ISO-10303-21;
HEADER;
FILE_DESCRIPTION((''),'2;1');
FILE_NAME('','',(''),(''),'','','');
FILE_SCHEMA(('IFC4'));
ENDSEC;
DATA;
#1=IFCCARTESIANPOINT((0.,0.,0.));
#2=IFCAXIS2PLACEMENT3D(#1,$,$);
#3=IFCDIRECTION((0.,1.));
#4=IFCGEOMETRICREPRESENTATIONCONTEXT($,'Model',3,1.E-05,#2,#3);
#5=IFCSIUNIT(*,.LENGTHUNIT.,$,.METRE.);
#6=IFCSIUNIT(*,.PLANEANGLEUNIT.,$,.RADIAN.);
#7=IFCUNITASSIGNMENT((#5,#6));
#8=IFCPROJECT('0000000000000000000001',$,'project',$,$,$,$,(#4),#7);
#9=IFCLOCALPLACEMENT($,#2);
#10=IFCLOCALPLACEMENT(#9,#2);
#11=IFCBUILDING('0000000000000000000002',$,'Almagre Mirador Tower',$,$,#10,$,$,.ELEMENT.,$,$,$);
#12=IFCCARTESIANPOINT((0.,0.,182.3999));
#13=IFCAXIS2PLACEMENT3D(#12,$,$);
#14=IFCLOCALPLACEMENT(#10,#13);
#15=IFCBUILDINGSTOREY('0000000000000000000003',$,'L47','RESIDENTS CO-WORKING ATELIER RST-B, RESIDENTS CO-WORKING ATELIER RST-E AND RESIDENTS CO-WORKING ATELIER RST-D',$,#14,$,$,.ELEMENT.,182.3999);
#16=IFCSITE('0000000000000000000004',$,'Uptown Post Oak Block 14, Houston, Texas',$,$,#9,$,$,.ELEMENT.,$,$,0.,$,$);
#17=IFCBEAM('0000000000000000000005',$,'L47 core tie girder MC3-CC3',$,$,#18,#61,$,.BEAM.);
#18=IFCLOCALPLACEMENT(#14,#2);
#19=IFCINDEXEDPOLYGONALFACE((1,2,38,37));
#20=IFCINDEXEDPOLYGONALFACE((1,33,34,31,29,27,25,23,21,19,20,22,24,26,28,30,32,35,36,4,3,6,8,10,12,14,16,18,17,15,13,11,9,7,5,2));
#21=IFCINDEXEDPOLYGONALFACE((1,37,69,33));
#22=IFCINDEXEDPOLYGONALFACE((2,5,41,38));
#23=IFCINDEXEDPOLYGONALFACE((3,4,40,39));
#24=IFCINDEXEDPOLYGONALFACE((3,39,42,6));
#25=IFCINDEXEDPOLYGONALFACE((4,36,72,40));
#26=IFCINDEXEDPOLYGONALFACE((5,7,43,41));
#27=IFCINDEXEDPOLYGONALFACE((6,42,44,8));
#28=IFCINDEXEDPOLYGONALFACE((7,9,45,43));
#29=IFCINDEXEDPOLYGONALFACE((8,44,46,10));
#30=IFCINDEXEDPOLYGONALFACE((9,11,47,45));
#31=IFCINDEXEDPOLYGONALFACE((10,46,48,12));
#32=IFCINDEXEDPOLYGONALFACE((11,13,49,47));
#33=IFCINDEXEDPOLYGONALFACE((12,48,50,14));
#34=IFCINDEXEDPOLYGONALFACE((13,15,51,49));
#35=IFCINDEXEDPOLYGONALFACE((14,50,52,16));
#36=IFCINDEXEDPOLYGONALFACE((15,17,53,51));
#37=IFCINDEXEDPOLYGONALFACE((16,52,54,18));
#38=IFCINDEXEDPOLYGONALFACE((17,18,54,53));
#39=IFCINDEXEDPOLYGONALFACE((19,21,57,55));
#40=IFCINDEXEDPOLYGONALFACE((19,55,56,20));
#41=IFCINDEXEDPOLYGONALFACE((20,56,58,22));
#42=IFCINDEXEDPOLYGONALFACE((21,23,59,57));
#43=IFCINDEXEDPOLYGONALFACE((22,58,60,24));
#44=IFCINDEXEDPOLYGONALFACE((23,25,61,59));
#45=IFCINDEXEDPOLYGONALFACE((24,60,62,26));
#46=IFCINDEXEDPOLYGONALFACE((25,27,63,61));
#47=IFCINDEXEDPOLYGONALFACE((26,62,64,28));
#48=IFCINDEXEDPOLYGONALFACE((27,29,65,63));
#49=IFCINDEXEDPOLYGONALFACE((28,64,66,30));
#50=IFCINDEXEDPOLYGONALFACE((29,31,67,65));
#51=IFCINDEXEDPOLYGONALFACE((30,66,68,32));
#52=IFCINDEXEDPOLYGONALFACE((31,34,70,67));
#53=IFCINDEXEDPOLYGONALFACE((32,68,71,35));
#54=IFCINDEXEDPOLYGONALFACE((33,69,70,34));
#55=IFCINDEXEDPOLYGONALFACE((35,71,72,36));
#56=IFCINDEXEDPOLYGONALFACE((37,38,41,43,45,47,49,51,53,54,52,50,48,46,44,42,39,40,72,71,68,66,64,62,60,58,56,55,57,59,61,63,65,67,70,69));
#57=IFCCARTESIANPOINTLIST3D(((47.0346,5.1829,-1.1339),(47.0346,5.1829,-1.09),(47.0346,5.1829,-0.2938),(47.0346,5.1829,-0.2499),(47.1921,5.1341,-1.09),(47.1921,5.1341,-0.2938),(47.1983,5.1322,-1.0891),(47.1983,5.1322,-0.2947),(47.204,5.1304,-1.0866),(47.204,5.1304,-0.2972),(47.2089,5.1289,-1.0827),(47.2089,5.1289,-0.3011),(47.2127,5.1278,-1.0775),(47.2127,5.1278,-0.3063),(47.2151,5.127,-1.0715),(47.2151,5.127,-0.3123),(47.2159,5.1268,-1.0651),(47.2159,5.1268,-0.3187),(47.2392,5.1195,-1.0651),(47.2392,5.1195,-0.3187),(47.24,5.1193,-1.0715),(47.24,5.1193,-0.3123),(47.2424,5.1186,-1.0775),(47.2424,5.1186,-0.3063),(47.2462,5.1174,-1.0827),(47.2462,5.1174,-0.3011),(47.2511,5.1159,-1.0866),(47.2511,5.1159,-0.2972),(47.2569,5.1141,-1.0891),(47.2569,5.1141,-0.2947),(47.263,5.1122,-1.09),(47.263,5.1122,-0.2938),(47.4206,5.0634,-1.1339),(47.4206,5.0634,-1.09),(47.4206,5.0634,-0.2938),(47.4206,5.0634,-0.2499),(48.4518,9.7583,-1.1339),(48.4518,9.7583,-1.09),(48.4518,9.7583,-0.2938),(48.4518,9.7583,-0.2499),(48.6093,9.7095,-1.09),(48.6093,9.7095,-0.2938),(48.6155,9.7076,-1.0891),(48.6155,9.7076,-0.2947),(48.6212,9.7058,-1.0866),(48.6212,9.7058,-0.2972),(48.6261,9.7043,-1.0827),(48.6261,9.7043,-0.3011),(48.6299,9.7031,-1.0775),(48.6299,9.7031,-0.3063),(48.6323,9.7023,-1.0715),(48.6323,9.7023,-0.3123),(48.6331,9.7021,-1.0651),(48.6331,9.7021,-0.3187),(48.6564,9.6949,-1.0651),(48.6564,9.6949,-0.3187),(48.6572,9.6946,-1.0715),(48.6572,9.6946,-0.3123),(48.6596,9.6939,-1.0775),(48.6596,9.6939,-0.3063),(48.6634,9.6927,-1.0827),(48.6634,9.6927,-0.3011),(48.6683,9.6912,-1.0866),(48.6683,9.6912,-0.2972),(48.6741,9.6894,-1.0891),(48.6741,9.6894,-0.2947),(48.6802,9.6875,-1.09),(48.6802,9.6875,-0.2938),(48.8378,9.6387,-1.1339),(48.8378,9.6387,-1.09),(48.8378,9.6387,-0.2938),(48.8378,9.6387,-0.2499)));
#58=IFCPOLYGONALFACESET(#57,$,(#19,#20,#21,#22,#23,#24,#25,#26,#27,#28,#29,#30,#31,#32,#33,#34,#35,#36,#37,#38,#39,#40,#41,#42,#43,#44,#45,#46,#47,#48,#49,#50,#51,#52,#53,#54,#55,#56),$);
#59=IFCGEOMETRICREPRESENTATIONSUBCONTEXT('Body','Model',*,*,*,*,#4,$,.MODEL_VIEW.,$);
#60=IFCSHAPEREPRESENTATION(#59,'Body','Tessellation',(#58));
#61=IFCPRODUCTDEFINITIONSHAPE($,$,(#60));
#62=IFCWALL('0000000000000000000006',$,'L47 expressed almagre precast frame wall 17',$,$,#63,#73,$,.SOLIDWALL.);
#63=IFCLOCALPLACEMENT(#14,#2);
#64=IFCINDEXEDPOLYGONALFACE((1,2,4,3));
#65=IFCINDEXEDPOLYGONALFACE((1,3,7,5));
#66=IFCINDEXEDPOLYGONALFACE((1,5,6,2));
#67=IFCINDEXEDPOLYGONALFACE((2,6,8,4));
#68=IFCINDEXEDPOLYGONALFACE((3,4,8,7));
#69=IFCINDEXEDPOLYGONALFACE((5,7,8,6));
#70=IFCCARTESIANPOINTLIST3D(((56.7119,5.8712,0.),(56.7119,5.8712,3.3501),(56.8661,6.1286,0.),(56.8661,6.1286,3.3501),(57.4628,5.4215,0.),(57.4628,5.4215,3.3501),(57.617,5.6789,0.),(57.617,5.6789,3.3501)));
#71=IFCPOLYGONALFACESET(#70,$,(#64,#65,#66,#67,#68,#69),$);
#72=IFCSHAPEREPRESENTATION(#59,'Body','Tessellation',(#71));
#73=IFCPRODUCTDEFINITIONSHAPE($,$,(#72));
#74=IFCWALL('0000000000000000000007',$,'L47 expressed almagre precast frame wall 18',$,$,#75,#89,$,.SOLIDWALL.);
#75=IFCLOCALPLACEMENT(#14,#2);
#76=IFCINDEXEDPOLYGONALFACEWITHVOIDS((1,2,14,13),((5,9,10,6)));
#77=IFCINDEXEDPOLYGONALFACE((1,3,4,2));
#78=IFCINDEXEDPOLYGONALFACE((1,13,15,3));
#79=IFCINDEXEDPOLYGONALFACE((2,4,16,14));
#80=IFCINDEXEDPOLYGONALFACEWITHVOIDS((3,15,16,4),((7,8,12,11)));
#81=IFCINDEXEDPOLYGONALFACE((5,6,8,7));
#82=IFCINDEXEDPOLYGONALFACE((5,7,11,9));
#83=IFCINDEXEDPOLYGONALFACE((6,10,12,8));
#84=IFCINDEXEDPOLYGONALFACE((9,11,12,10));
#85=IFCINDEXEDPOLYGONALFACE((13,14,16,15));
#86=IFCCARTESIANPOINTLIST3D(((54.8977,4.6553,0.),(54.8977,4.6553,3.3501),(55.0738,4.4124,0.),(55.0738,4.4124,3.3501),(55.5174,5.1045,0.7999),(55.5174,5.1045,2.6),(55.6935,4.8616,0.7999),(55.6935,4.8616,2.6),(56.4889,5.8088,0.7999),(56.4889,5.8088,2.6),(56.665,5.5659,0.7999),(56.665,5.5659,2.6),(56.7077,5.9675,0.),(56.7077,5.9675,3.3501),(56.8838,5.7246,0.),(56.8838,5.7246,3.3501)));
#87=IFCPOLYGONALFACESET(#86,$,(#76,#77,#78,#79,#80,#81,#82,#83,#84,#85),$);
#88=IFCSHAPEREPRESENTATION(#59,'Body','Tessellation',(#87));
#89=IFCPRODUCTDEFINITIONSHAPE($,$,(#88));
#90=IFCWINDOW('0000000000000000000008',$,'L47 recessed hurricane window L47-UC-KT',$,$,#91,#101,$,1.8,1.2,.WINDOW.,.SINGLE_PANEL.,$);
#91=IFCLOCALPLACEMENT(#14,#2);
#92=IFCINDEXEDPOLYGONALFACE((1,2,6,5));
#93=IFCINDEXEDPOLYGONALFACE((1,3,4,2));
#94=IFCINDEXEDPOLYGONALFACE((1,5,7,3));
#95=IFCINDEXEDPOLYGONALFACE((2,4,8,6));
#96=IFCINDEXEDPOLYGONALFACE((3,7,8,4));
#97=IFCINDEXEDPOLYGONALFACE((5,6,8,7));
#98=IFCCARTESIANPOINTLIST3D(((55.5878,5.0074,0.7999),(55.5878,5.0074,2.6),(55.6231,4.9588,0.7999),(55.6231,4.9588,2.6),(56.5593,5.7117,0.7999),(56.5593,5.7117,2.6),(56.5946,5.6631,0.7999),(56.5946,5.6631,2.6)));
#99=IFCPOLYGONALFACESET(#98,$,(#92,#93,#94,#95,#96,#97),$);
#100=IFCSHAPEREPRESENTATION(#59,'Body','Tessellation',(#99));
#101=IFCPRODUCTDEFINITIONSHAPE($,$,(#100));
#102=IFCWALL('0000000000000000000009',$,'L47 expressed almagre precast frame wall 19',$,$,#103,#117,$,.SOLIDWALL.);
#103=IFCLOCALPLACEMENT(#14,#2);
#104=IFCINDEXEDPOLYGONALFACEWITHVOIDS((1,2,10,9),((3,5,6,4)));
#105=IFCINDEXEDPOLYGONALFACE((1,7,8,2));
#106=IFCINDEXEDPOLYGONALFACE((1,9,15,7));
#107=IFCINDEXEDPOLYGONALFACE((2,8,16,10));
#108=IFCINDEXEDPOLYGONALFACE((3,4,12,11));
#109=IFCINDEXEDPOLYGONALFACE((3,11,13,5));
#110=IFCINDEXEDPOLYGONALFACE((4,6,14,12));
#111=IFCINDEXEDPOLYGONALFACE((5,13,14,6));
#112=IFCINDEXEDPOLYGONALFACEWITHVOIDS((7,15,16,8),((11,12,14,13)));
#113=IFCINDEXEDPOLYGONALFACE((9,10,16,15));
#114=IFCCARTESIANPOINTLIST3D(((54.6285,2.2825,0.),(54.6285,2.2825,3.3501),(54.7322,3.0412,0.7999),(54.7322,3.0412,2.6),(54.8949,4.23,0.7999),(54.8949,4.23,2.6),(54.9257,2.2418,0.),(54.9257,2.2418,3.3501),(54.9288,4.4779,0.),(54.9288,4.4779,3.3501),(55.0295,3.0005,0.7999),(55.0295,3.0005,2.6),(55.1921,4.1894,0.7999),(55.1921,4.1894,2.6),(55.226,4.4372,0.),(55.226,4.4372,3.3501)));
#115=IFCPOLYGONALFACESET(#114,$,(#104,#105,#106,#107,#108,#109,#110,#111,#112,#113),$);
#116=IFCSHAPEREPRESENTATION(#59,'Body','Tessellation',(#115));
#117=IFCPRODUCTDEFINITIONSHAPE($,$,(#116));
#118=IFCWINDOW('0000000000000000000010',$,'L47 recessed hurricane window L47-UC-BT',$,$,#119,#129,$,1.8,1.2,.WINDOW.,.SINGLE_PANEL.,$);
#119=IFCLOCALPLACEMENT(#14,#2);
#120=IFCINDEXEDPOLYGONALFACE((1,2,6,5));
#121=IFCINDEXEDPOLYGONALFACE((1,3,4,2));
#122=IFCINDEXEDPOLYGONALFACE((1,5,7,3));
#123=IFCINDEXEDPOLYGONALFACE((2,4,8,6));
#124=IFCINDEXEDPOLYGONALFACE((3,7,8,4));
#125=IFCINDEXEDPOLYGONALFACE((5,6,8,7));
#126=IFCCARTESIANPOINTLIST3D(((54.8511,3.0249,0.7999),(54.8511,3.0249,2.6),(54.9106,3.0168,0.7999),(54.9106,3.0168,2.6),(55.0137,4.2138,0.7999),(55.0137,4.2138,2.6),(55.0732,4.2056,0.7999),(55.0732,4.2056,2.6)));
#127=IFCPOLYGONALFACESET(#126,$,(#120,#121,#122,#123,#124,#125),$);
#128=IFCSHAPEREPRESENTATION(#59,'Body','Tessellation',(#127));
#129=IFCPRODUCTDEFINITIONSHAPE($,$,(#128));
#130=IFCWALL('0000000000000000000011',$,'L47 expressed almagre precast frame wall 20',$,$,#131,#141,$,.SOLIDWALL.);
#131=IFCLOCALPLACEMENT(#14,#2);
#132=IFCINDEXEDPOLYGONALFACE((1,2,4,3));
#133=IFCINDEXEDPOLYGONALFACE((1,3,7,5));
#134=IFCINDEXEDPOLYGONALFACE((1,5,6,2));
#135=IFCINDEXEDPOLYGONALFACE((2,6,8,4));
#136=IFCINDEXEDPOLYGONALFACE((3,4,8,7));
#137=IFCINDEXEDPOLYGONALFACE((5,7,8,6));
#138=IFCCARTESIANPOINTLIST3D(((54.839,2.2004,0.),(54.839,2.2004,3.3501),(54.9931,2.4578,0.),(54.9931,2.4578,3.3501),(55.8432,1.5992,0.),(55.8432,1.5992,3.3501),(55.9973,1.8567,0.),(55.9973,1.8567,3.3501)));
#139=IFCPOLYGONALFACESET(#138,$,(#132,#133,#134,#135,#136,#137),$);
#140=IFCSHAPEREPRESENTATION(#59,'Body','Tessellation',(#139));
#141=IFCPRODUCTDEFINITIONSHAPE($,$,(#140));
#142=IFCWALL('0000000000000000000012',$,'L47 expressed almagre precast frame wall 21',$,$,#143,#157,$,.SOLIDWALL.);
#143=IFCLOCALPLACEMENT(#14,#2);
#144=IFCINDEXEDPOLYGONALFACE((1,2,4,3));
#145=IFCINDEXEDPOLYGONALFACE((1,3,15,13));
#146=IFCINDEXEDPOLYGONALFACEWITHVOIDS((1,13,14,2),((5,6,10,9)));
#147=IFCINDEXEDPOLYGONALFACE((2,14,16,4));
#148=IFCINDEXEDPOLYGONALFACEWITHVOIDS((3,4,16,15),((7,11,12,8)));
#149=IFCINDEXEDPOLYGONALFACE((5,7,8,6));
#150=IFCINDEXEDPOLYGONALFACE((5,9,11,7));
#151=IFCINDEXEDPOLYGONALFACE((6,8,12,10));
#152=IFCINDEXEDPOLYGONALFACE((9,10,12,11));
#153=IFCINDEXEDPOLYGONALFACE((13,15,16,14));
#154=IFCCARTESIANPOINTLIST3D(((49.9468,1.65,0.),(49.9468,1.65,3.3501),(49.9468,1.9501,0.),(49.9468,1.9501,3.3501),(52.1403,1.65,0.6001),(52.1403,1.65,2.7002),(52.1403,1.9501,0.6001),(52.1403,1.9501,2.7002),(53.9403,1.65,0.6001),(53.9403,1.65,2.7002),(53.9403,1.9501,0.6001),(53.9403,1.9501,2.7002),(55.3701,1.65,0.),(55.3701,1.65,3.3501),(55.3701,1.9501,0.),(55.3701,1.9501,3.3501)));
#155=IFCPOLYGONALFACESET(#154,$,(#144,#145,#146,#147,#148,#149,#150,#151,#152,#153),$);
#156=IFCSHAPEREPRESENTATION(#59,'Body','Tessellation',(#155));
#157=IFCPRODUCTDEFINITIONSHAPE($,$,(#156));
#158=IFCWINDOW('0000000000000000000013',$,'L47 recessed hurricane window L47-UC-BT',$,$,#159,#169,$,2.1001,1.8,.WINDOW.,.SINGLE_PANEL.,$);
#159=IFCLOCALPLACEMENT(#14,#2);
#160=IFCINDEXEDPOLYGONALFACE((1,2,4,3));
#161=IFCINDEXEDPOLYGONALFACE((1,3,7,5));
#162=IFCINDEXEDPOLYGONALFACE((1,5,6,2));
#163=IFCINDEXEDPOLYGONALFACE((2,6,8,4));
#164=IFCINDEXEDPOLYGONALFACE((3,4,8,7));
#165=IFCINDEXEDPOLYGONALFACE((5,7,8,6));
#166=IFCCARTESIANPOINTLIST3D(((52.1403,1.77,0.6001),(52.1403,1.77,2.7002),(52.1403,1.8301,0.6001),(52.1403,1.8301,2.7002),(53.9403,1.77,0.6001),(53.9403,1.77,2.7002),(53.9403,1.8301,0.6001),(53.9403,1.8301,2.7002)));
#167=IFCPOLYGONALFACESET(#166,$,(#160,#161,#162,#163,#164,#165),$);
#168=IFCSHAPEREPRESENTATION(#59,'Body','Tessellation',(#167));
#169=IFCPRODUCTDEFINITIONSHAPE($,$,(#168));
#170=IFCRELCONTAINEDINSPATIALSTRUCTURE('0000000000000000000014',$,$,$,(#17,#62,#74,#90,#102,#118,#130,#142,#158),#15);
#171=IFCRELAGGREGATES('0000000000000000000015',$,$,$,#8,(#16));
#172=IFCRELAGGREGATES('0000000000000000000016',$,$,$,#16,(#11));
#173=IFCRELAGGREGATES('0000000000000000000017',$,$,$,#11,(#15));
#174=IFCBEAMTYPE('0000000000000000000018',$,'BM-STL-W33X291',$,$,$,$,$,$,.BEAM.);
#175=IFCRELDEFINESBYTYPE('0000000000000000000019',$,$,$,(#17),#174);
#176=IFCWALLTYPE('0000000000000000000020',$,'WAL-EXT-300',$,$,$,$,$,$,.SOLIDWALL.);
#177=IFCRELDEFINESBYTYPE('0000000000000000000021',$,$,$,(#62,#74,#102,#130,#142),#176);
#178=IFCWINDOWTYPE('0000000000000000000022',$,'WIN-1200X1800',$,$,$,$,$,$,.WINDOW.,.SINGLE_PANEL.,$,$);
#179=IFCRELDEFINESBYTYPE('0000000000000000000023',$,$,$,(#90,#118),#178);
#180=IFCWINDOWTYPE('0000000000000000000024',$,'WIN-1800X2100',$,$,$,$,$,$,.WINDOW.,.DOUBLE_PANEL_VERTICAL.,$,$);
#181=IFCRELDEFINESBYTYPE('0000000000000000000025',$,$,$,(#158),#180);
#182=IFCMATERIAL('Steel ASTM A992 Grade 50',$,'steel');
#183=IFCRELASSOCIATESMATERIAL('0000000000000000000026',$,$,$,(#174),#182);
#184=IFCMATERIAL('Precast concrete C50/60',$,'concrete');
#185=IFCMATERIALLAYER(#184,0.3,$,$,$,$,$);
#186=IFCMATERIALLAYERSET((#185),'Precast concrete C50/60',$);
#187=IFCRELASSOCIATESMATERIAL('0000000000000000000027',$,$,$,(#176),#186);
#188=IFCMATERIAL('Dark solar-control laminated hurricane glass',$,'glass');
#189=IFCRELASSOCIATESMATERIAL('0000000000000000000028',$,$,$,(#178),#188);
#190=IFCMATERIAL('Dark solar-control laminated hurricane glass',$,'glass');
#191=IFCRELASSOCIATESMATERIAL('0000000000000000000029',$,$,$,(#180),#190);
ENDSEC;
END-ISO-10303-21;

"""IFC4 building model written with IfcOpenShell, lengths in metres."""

from ifc_helpers import new_model, si_unit, direction, frame, frame_2d, origin, origin_2d, place, context, subcontext, project, spatial, rectangle, i_section, extrude, material, layer, layer_set, material_profile, profile_set, type_object, element, fill, save


model = new_model("IFC4")

# Units and contexts
model_context = context("Model", 3, precision=1e-05, world=origin(), true_north=direction((0.0, 1.0)))
body_context = subcontext(model_context, "Body", "Model", "MODEL_VIEW")
ifc_project = project(units=[si_unit("LENGTHUNIT", "METRE"), si_unit("PLANEANGLEUNIT", "RADIAN")], contexts=[model_context])

# Site, building, storey
site_placement = place(None, origin())
site = spatial("IfcSite", under=ifc_project, at=site_placement, Name="Uptown Post Oak Block 14, Houston, Texas", CompositionType="ELEMENT", RefElevation=0.0)
building_placement = place(site_placement, origin())
building = spatial("IfcBuilding", under=site, at=building_placement, Name="Almagre Mirador Tower", CompositionType="ELEMENT")
storey_placement = place(building_placement, frame((0.0, 0.0, 182.3999)))
storey = spatial("IfcBuildingStorey", under=building, at=storey_placement, Name="L47", Description="RESIDENTS CO-WORKING ATELIER RST-B, RESIDENTS CO-WORKING ATELIER RST-E AND RESIDENTS CO-WORKING ATELIER RST-D", CompositionType="ELEMENT", Elevation=182.3999)

# Beam
ifc_material_1 = material(Name="Steel ASTM A992 Grade 50", Category="steel")
ifc_material_profile_1 = material_profile(ifc_material_1, i_section(OverallWidth=0.4041, OverallDepth=0.884, WebThickness=0.0244, FlangeThickness=0.0439, FilletRadius=0.0249, at=origin_2d()), Name="W33X291")
ifc_profile_set_1 = profile_set([ifc_material_profile_1], Name="Steel ASTM A992 Grade 50")
beam_type_1 = type_object("IfcBeamType", Name="BM-STL-W33X291", PredefinedType="BEAM", material=ifc_profile_set_1)
beam_1_placement = place(storey_placement, frame((48.6448, 9.6985, -0.6919), z_axis=(-0.29588, -0.955225, 0.0), x_axis=(0.955225, -0.29588, 0.0)))
element("IfcBeam", 1, at=beam_1_placement, inside=storey, type_object=beam_type_1, Name="L47 core tie girder MC3-CC3", PredefinedType="BEAM", context=body_context, shape_type="SweptSolid", body=[
    extrude(i_section(OverallWidth=0.4041, OverallDepth=0.884, WebThickness=0.0244, FlangeThickness=0.0439, FilletRadius=0.0249, at=origin_2d()), origin(), (0.0, 0.0, 1.0), 4.7898),
])

# Wall
ifc_material_2 = material(Name="Precast concrete C50/60", Category="concrete")
ifc_layer_1 = layer(ifc_material_2, 0.3)
ifc_layer_set_1 = layer_set([ifc_layer_1], Name="Precast concrete C50/60")
wall_type_1 = type_object("IfcWallType", Name="WAL-EXT-300", PredefinedType="SOLIDWALL", material=ifc_layer_set_1)
wall_1_placement = place(storey_placement, frame((57.5398, 5.5503, 0.0), z_axis=(0.0, 0.0, 1.0), x_axis=(-0.857936, 0.513757, 0.0)))
element("IfcWall", 2, at=wall_1_placement, inside=storey, type_object=wall_type_1, Name="L47 expressed almagre precast frame wall 17", PredefinedType="SOLIDWALL", context=body_context, shape_type="SweptSolid", body=[
    extrude(rectangle(XDim=0.8752, YDim=0.3, at=frame_2d((0.4375, 0.0))), origin(), (0.0, 0.0, 1.0), 3.3501),
])

# Walls, openings, windows
wall_2_placement = place(storey_placement, frame((56.7957, 5.8459, 0.0), z_axis=(0.0, 0.0, 1.0), x_axis=(-0.809618, -0.586957, 0.0)))
wall_2 = element("IfcWall", 3, at=wall_2_placement, inside=storey, type_object=wall_type_1, Name="L47 expressed almagre precast frame wall 18", PredefinedType="SOLIDWALL", context=body_context, shape_type="SweptSolid", body=[
    extrude(rectangle(XDim=2.2356, YDim=0.3, at=frame_2d((1.1177, 0.0))), origin(), (0.0, 0.0, 1.0), 3.3501),
])
opening_1_placement = place(wall_2_placement, frame((0.27, 0.0, 0.8)))
opening_1 = element("IfcOpeningElement", 4, at=opening_1_placement, cuts=wall_2, PredefinedType="OPENING", context=body_context, shape_type="SweptSolid", body=[
    extrude(rectangle(XDim=1.2, YDim=1.8, at=frame_2d((0.6001, 0.8999))), frame((0.0, 0.1599, 0.0), z_axis=(0.0, -1.0, 0.0), x_axis=(1.0, 0.0, 0.0)), (0.0, 0.0, 1.0), 0.32),
])
ifc_material_3 = material(Name="Dark solar-control laminated hurricane glass", Category="glass")
window_type_1 = type_object("IfcWindowType", Name="WIN-1200X1800", PartitioningType="SINGLE_PANEL", PredefinedType="WINDOW", material=ifc_material_3)
window_1_placement = place(opening_1_placement, origin())
window_1 = element("IfcWindow", 5, at=window_1_placement, inside=storey, type_object=window_type_1, Name="L47 recessed hurricane window L47-UC-KT", OverallHeight=1.8, OverallWidth=1.2, PartitioningType="SINGLE_PANEL", PredefinedType="WINDOW", context=body_context, shape_type="SweptSolid", body=[
    extrude(rectangle(XDim=1.2, YDim=1.8, at=frame_2d((0.6001, 0.8999))), frame((0.0, 0.03, 0.0), z_axis=(0.0, -1.0, 0.0), x_axis=(1.0, 0.0, 0.0)), (0.0, 0.0, 1.0), 0.0601),
])
fill(opening_1, window_1)
wall_3_placement = place(storey_placement, frame((55.0774, 4.4575, 0.0), z_axis=(0.0, 0.0, 1.0), x_axis=(-0.135526, -0.990774, 0.0)))
wall_3 = element("IfcWall", 6, at=wall_3_placement, inside=storey, type_object=wall_type_1, Name="L47 expressed almagre precast frame wall 19", PredefinedType="SOLIDWALL", context=body_context, shape_type="SweptSolid", body=[
    extrude(rectangle(XDim=2.2158, YDim=0.3, at=frame_2d((1.1079, 0.0))), origin(), (0.0, 0.0, 1.0), 3.3501),
])
opening_2_placement = place(wall_3_placement, frame((0.25, 0.0, 0.8)))
opening_2 = element("IfcOpeningElement", 7, at=opening_2_placement, cuts=wall_3, PredefinedType="OPENING", context=body_context, shape_type="SweptSolid", body=[
    extrude(rectangle(XDim=1.2, YDim=1.8, at=frame_2d((0.6001, 0.8999))), frame((0.0, 0.1599, 0.0), z_axis=(0.0, -1.0, 0.0), x_axis=(1.0, 0.0, 0.0)), (0.0, 0.0, 1.0), 0.32),
])
window_2_placement = place(opening_2_placement, origin())
window_2 = element("IfcWindow", 8, at=window_2_placement, inside=storey, type_object=window_type_1, Name="L47 recessed hurricane window L47-UC-BT", OverallHeight=1.8, OverallWidth=1.2, PartitioningType="SINGLE_PANEL", PredefinedType="WINDOW", context=body_context, shape_type="SweptSolid", body=[
    extrude(rectangle(XDim=1.2, YDim=1.8, at=frame_2d((0.6001, 0.8999))), frame((0.0, 0.03, 0.0), z_axis=(0.0, -1.0, 0.0), x_axis=(1.0, 0.0, 0.0)), (0.0, 0.0, 1.0), 0.0601),
])
fill(opening_2, window_2)

# Wall
wall_4_placement = place(storey_placement, frame((54.916, 2.3291, 0.0), z_axis=(0.0, 0.0, 1.0), x_axis=(0.858026, -0.513606, 0.0)))
element("IfcWall", 9, at=wall_4_placement, inside=storey, type_object=wall_type_1, Name="L47 expressed almagre precast frame wall 20", PredefinedType="SOLIDWALL", context=body_context, shape_type="SweptSolid", body=[
    extrude(rectangle(XDim=1.1704, YDim=0.3, at=frame_2d((0.5852, 0.0))), origin(), (0.0, 0.0, 1.0), 3.3501),
])

# Wall, opening, window
wall_5_placement = place(storey_placement, frame((55.3701, 1.8, 0.0), z_axis=(0.0, 0.0, 1.0), x_axis=(-1.0, 0.0, 0.0)))
wall_5 = element("IfcWall", 10, at=wall_5_placement, inside=storey, type_object=wall_type_1, Name="L47 expressed almagre precast frame wall 21", PredefinedType="SOLIDWALL", context=body_context, shape_type="SweptSolid", body=[
    extrude(rectangle(XDim=5.4233, YDim=0.3, at=frame_2d((2.7117, 0.0))), origin(), (0.0, 0.0, 1.0), 3.3501),
])
opening_3_placement = place(wall_5_placement, frame((1.4299, 0.0, 0.6001)))
opening_3 = element("IfcOpeningElement", 11, at=opening_3_placement, cuts=wall_5, PredefinedType="OPENING", context=body_context, shape_type="SweptSolid", body=[
    extrude(rectangle(XDim=1.8, YDim=2.1001, at=frame_2d((0.8999, 1.05))), frame((0.0, 0.1599, 0.0), z_axis=(0.0, -1.0, 0.0), x_axis=(1.0, 0.0, 0.0)), (0.0, 0.0, 1.0), 0.32),
])
ifc_material_4 = material(Name="Dark solar-control laminated hurricane glass", Category="glass")
window_type_2 = type_object("IfcWindowType", Name="WIN-1800X2100", PartitioningType="DOUBLE_PANEL_VERTICAL", PredefinedType="WINDOW", material=ifc_material_4)
window_3_placement = place(opening_3_placement, origin())
window_3 = element("IfcWindow", 12, at=window_3_placement, inside=storey, type_object=window_type_2, Name="L47 recessed hurricane window L47-UC-BT", OverallHeight=2.1001, OverallWidth=1.8, PartitioningType="SINGLE_PANEL", PredefinedType="WINDOW", context=body_context, shape_type="SweptSolid", body=[
    extrude(rectangle(XDim=1.8, YDim=2.1001, at=frame_2d((0.8999, 1.05))), frame((0.0, 0.03, 0.0), z_axis=(0.0, -1.0, 0.0), x_axis=(1.0, 0.0, 0.0)), (0.0, 0.0, 1.0), 0.0601),
])
fill(opening_3, window_3)

save(model, "model.ifc")
